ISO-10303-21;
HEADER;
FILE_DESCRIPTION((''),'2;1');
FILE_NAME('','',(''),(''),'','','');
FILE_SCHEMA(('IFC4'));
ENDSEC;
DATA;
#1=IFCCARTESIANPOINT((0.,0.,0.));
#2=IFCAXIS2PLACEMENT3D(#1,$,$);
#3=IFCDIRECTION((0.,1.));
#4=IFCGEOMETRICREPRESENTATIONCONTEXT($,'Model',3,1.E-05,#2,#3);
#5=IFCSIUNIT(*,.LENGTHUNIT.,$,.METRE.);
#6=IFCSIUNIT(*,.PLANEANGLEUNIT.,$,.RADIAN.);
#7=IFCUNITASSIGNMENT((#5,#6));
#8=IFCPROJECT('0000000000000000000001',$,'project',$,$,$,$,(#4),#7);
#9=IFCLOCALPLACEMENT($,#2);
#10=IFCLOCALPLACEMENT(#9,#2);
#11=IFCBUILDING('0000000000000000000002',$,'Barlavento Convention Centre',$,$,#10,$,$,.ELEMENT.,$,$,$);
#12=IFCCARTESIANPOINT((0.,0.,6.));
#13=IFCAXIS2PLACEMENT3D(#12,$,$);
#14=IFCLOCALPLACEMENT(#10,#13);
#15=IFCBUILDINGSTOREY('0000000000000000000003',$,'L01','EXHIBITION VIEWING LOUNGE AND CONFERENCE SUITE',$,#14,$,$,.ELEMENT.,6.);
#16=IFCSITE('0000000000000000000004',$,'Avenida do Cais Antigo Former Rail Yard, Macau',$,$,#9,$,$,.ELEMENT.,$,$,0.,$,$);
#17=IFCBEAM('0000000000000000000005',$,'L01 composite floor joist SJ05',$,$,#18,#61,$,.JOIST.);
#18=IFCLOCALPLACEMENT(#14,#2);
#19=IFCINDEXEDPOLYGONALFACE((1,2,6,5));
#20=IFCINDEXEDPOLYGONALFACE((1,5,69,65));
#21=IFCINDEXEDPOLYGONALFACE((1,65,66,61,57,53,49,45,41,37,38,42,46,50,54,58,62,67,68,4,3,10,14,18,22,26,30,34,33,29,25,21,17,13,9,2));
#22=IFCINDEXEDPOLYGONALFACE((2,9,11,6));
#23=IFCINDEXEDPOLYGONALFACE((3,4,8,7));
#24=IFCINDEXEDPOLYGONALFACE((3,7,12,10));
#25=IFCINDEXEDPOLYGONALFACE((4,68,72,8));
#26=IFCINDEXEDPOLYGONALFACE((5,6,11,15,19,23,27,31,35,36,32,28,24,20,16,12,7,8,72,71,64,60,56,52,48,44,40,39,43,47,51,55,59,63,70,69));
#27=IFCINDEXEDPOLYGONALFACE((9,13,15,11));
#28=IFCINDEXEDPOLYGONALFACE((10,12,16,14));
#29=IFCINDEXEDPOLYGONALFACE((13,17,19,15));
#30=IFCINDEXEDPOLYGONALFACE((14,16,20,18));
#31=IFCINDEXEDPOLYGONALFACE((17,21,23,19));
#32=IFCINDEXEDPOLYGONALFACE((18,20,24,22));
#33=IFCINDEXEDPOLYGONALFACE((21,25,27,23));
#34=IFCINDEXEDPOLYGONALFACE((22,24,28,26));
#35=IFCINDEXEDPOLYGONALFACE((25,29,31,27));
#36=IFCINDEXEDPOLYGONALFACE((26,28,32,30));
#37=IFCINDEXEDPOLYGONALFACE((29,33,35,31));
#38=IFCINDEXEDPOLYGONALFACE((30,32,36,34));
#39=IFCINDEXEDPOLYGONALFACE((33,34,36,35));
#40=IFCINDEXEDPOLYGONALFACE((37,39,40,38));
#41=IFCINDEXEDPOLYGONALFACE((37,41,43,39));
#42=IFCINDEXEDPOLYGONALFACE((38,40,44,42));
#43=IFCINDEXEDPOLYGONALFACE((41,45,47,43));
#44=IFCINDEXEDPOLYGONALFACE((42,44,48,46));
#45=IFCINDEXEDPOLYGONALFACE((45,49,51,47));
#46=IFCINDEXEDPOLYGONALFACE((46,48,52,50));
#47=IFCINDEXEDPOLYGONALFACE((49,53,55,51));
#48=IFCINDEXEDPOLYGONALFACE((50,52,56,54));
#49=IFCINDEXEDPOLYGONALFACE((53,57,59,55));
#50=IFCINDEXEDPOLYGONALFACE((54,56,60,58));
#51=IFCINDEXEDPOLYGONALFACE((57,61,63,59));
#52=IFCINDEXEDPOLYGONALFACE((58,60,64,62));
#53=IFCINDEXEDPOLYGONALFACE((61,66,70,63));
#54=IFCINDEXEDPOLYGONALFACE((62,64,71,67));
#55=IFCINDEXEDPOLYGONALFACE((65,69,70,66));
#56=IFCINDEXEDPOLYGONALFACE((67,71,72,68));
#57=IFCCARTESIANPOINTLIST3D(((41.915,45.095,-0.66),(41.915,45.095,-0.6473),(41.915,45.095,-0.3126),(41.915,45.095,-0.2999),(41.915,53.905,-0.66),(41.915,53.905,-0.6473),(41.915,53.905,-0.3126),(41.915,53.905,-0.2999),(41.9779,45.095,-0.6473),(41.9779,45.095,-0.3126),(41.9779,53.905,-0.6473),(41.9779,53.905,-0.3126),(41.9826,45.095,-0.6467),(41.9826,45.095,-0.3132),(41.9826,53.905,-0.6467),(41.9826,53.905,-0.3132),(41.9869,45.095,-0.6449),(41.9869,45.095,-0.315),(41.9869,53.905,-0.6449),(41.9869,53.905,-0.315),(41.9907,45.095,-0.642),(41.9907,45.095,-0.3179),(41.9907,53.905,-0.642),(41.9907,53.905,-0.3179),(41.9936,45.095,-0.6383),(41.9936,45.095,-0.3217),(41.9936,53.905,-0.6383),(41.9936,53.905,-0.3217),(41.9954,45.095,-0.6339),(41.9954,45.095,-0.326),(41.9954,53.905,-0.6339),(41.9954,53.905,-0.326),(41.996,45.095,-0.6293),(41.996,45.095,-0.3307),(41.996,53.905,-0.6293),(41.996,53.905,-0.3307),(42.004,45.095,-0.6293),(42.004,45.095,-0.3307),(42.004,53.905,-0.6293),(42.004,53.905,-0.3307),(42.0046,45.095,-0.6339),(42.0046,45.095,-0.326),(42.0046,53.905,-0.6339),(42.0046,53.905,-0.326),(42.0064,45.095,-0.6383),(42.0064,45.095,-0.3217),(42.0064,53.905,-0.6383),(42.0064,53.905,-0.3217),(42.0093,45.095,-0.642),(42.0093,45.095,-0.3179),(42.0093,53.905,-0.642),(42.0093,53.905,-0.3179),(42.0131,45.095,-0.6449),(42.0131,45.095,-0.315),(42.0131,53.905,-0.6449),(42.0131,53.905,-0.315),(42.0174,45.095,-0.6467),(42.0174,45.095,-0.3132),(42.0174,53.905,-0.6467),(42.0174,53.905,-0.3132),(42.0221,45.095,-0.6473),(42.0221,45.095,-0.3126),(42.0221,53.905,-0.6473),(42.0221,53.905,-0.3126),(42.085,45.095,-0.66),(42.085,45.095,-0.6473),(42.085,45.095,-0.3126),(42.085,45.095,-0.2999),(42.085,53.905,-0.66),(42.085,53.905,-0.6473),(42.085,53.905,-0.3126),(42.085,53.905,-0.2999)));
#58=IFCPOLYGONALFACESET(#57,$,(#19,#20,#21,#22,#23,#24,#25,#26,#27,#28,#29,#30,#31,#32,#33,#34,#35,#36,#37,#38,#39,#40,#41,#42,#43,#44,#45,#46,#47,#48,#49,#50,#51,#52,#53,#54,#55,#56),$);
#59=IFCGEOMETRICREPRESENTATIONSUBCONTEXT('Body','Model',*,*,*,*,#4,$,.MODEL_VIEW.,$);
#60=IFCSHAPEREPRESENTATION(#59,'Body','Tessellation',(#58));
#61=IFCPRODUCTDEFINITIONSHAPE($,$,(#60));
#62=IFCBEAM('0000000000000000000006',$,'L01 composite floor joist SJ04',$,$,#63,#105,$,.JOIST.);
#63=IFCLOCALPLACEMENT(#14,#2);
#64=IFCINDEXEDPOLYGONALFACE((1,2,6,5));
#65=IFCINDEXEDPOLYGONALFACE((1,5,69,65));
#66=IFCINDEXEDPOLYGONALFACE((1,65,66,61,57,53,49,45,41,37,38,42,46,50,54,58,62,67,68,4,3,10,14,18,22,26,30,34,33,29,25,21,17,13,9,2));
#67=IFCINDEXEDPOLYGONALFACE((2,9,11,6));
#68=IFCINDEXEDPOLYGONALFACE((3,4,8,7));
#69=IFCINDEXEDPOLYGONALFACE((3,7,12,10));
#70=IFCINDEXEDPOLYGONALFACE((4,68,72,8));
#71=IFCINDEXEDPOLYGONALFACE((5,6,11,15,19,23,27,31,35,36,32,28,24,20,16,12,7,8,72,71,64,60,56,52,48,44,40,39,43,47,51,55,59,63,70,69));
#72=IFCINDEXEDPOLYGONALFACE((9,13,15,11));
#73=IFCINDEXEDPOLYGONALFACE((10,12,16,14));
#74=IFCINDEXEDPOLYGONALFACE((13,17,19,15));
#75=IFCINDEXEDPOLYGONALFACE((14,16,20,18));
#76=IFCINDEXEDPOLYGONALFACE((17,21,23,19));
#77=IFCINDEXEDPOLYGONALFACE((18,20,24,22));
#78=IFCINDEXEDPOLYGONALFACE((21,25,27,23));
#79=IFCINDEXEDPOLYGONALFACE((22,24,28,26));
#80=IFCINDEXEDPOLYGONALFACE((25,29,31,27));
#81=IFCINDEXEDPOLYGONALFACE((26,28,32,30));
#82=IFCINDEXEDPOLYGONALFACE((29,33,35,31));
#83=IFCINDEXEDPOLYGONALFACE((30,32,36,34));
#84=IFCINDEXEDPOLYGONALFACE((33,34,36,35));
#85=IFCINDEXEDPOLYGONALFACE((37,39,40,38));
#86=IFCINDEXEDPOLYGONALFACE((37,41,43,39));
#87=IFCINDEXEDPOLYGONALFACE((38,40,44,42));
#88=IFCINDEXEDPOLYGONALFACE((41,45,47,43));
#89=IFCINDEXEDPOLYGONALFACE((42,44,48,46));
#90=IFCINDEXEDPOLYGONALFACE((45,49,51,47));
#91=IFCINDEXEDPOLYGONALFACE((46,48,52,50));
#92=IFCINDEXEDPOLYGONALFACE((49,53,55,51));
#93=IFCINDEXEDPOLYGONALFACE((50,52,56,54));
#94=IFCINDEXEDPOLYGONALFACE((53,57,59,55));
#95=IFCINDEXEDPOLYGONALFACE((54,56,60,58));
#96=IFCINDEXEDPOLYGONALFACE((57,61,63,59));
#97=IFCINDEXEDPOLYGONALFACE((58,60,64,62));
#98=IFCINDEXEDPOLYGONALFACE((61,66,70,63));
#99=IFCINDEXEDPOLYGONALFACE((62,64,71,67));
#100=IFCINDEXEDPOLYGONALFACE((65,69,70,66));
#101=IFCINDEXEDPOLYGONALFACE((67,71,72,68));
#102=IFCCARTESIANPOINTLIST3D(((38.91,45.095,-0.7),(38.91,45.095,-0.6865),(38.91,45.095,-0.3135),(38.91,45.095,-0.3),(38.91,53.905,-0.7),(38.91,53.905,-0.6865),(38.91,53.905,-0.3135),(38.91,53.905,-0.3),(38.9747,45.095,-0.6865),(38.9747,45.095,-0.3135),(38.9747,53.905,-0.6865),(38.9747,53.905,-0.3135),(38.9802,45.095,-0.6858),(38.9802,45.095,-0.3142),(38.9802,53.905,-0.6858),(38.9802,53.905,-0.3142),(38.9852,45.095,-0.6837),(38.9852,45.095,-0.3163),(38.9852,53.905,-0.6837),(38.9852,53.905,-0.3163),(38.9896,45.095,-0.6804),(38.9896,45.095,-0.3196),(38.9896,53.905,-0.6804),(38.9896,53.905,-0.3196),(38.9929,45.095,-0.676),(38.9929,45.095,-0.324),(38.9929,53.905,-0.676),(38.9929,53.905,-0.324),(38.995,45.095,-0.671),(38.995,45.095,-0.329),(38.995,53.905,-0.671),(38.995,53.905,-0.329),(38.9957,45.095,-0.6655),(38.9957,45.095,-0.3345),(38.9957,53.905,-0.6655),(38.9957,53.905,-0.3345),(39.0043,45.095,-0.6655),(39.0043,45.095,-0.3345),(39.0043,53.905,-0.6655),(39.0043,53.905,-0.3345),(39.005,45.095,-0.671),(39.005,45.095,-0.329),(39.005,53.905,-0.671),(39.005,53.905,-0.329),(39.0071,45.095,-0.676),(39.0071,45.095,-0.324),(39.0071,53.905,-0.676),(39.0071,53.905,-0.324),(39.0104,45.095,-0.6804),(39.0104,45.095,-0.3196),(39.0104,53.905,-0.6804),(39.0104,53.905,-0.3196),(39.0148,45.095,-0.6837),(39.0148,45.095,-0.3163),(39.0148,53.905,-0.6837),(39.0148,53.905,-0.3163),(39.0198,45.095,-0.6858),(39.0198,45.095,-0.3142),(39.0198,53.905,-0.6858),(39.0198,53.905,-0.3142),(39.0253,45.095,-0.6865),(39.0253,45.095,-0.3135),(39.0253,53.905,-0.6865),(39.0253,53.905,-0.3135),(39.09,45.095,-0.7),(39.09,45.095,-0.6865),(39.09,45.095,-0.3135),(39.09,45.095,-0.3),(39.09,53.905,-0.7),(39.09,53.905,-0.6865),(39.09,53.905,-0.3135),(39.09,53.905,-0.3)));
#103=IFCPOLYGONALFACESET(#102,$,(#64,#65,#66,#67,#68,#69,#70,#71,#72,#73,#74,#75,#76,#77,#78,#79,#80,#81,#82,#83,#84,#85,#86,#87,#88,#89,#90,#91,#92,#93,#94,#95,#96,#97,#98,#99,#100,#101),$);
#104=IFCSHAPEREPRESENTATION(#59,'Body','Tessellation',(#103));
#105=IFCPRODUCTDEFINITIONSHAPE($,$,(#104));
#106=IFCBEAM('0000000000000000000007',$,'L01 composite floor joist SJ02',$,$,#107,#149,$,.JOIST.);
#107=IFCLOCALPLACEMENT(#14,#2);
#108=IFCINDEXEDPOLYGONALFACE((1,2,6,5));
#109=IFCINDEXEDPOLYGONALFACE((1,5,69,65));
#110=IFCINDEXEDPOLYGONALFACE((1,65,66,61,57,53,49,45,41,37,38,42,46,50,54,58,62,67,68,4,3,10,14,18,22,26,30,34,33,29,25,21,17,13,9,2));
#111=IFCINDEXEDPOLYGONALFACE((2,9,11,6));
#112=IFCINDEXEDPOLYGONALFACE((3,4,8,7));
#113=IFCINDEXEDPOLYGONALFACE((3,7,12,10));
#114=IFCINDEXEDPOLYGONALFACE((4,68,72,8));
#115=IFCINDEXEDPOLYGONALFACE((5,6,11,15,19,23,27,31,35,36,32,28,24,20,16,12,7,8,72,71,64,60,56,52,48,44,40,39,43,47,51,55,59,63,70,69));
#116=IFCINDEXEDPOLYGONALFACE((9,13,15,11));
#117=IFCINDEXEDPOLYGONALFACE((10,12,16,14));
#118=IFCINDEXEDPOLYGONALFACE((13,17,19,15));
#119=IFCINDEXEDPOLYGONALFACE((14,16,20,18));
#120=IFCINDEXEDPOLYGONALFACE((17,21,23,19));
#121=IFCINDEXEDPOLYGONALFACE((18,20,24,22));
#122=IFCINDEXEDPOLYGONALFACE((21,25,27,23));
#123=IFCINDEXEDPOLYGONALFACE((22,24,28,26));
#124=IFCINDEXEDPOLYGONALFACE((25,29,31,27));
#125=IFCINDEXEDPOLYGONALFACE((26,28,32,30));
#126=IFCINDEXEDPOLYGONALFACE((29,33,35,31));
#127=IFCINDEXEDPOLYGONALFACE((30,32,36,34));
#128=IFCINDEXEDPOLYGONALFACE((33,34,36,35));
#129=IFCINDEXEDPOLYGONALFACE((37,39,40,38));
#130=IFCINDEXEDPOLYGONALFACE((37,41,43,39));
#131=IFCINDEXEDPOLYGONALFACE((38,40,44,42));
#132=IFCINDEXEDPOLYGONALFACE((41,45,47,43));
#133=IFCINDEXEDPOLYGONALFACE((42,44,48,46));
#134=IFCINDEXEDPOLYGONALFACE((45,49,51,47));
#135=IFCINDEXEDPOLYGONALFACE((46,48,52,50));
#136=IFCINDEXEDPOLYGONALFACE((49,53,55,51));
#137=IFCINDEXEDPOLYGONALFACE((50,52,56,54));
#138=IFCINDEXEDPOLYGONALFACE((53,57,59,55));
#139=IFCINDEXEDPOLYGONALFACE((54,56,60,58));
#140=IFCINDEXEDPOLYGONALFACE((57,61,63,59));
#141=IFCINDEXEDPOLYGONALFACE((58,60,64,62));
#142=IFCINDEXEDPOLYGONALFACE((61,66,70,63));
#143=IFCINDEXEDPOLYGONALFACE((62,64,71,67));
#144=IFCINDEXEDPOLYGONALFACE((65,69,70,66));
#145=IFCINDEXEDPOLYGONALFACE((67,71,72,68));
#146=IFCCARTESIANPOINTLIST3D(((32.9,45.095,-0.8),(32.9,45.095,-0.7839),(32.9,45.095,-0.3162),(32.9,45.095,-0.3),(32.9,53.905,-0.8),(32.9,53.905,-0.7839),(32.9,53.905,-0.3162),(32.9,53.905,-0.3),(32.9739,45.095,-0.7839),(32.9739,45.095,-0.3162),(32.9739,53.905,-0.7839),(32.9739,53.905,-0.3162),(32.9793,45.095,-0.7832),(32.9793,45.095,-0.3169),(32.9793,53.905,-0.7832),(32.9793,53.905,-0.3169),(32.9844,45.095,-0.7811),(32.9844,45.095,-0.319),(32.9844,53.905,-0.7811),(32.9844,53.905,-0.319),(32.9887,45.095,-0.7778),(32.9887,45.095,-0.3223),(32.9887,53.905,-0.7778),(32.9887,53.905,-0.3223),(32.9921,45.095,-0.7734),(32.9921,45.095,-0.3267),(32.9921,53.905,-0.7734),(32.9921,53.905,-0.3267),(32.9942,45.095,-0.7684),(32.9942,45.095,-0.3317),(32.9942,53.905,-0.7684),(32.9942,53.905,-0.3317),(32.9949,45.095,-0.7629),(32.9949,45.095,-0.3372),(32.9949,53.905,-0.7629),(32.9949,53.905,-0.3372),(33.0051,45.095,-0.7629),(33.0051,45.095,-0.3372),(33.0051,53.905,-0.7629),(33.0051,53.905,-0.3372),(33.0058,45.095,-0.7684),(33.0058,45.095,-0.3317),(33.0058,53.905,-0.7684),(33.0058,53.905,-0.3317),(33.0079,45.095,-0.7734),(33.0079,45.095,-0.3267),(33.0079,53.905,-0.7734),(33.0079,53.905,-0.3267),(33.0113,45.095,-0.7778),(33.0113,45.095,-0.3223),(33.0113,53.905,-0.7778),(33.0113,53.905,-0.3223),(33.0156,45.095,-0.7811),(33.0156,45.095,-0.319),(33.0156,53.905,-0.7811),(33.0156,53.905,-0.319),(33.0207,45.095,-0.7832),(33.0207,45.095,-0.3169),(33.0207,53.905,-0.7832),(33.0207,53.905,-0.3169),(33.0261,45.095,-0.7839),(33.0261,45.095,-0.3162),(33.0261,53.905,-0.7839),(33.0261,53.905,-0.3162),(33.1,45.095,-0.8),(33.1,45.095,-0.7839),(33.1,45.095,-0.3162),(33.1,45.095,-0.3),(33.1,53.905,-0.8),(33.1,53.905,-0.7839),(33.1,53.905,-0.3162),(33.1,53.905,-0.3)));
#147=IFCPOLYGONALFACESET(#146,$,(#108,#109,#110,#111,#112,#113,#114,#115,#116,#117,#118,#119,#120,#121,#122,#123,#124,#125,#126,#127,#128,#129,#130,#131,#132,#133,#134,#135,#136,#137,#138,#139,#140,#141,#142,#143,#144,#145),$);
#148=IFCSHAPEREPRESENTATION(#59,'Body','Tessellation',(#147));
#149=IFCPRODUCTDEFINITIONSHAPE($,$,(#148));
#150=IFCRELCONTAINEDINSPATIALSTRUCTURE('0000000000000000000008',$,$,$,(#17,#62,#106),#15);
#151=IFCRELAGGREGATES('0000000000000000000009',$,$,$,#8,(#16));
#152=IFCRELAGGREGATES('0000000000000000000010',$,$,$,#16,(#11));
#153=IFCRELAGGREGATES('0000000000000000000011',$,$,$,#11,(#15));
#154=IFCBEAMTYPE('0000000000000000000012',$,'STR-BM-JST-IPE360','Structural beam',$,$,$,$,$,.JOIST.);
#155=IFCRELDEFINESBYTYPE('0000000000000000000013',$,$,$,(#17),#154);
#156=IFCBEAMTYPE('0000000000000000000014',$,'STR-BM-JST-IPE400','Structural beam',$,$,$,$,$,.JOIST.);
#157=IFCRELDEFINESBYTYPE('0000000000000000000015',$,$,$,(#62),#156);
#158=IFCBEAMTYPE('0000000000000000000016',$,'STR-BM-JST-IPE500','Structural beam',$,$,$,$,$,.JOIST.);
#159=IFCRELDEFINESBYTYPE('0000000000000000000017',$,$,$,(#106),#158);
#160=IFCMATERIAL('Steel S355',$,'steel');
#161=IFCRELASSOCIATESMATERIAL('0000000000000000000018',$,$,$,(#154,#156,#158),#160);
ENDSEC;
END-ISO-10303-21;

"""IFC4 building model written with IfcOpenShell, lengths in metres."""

from ifc_helpers import new_model, si_unit, direction, frame, origin, origin_2d, place, context, subcontext, project, spatial, i_section, extrude, material, material_profile, profile_set, type_object, element, save


model = new_model("IFC4")

# Units and contexts
model_context = context("Model", 3, precision=1e-05, world=origin(), true_north=direction((0.0, 1.0)))
body_context = subcontext(model_context, "Body", "Model", "MODEL_VIEW")
ifc_project = project(units=[si_unit("LENGTHUNIT", "METRE"), si_unit("PLANEANGLEUNIT", "RADIAN")], contexts=[model_context])

# Site, building, storey
site_placement = place(None, origin())
site = spatial("IfcSite", under=ifc_project, at=site_placement, Name="Avenida do Cais Antigo Former Rail Yard, Macau", CompositionType="ELEMENT", RefElevation=0.0)
building_placement = place(site_placement, origin())
building = spatial("IfcBuilding", under=site, at=building_placement, Name="Barlavento Convention Centre", CompositionType="ELEMENT")
storey_placement = place(building_placement, frame((0.0, 0.0, 6.0)))
storey = spatial("IfcBuildingStorey", under=building, at=storey_placement, Name="L01", Description="EXHIBITION VIEWING LOUNGE AND CONFERENCE SUITE", CompositionType="ELEMENT", Elevation=6.0)

# Shared definitions
ifc_material_1 = material(Name="Steel S355", Category="steel")

# Beams
ifc_material_profile_1 = material_profile(ifc_material_1, i_section(OverallWidth=0.1699, OverallDepth=0.3601, WebThickness=0.0081, FlangeThickness=0.0127, FilletRadius=0.0181, at=origin_2d()), Name="IPE 360")
ifc_profile_set_1 = profile_set([ifc_material_profile_1], Name="Steel S355")
beam_type_1 = type_object("IfcBeamType", Name="STR-BM-JST-IPE360", Description="Structural beam", PredefinedType="JOIST", material=ifc_profile_set_1)
beam_1_placement = place(storey_placement, frame((42.0, 45.095, -0.48), z_axis=(0.0, 1.0, 0.0), x_axis=(-1.0, 0.0, 0.0)))
element("IfcBeam", 1, at=beam_1_placement, inside=storey, type_object=beam_type_1, Name="L01 composite floor joist SJ05", PredefinedType="JOIST", context=body_context, shape_type="SweptSolid", body=[
    extrude(i_section(OverallWidth=0.1699, OverallDepth=0.3601, WebThickness=0.0081, FlangeThickness=0.0127, FilletRadius=0.0181, at=origin_2d()), origin(), (0.0, 0.0, 1.0), 8.8101),
])
ifc_material_profile_2 = material_profile(ifc_material_1, i_section(OverallWidth=0.1799, OverallDepth=0.3999, WebThickness=0.0085, FlangeThickness=0.0134, FilletRadius=0.021, at=origin_2d()), Name="IPE 400")
ifc_profile_set_2 = profile_set([ifc_material_profile_2], Name="Steel S355")
beam_type_2 = type_object("IfcBeamType", Name="STR-BM-JST-IPE400", Description="Structural beam", PredefinedType="JOIST", material=ifc_profile_set_2)
beam_2_placement = place(storey_placement, frame((39.0, 45.095, -0.5), z_axis=(0.0, 1.0, 0.0), x_axis=(-1.0, 0.0, 0.0)))
element("IfcBeam", 2, at=beam_2_placement, inside=storey, type_object=beam_type_2, Name="L01 composite floor joist SJ04", PredefinedType="JOIST", context=body_context, shape_type="SweptSolid", body=[
    extrude(i_section(OverallWidth=0.1799, OverallDepth=0.3999, WebThickness=0.0085, FlangeThickness=0.0134, FilletRadius=0.021, at=origin_2d()), origin(), (0.0, 0.0, 1.0), 8.8101),
])
ifc_material_profile_3 = material_profile(ifc_material_1, i_section(OverallWidth=0.2, OverallDepth=0.5, WebThickness=0.0103, FlangeThickness=0.0161, FilletRadius=0.021, at=origin_2d()), Name="IPE 500")
ifc_profile_set_3 = profile_set([ifc_material_profile_3], Name="Steel S355")
beam_type_3 = type_object("IfcBeamType", Name="STR-BM-JST-IPE500", Description="Structural beam", PredefinedType="JOIST", material=ifc_profile_set_3)
beam_3_placement = place(storey_placement, frame((33.0, 45.095, -0.55), z_axis=(0.0, 1.0, 0.0), x_axis=(-1.0, 0.0, 0.0)))
element("IfcBeam", 3, at=beam_3_placement, inside=storey, type_object=beam_type_3, Name="L01 composite floor joist SJ02", PredefinedType="JOIST", context=body_context, shape_type="SweptSolid", body=[
    extrude(i_section(OverallWidth=0.2, OverallDepth=0.5, WebThickness=0.0103, FlangeThickness=0.0161, FilletRadius=0.021, at=origin_2d()), origin(), (0.0, 0.0, 1.0), 8.8101),
])

save(model, "model.ifc")
